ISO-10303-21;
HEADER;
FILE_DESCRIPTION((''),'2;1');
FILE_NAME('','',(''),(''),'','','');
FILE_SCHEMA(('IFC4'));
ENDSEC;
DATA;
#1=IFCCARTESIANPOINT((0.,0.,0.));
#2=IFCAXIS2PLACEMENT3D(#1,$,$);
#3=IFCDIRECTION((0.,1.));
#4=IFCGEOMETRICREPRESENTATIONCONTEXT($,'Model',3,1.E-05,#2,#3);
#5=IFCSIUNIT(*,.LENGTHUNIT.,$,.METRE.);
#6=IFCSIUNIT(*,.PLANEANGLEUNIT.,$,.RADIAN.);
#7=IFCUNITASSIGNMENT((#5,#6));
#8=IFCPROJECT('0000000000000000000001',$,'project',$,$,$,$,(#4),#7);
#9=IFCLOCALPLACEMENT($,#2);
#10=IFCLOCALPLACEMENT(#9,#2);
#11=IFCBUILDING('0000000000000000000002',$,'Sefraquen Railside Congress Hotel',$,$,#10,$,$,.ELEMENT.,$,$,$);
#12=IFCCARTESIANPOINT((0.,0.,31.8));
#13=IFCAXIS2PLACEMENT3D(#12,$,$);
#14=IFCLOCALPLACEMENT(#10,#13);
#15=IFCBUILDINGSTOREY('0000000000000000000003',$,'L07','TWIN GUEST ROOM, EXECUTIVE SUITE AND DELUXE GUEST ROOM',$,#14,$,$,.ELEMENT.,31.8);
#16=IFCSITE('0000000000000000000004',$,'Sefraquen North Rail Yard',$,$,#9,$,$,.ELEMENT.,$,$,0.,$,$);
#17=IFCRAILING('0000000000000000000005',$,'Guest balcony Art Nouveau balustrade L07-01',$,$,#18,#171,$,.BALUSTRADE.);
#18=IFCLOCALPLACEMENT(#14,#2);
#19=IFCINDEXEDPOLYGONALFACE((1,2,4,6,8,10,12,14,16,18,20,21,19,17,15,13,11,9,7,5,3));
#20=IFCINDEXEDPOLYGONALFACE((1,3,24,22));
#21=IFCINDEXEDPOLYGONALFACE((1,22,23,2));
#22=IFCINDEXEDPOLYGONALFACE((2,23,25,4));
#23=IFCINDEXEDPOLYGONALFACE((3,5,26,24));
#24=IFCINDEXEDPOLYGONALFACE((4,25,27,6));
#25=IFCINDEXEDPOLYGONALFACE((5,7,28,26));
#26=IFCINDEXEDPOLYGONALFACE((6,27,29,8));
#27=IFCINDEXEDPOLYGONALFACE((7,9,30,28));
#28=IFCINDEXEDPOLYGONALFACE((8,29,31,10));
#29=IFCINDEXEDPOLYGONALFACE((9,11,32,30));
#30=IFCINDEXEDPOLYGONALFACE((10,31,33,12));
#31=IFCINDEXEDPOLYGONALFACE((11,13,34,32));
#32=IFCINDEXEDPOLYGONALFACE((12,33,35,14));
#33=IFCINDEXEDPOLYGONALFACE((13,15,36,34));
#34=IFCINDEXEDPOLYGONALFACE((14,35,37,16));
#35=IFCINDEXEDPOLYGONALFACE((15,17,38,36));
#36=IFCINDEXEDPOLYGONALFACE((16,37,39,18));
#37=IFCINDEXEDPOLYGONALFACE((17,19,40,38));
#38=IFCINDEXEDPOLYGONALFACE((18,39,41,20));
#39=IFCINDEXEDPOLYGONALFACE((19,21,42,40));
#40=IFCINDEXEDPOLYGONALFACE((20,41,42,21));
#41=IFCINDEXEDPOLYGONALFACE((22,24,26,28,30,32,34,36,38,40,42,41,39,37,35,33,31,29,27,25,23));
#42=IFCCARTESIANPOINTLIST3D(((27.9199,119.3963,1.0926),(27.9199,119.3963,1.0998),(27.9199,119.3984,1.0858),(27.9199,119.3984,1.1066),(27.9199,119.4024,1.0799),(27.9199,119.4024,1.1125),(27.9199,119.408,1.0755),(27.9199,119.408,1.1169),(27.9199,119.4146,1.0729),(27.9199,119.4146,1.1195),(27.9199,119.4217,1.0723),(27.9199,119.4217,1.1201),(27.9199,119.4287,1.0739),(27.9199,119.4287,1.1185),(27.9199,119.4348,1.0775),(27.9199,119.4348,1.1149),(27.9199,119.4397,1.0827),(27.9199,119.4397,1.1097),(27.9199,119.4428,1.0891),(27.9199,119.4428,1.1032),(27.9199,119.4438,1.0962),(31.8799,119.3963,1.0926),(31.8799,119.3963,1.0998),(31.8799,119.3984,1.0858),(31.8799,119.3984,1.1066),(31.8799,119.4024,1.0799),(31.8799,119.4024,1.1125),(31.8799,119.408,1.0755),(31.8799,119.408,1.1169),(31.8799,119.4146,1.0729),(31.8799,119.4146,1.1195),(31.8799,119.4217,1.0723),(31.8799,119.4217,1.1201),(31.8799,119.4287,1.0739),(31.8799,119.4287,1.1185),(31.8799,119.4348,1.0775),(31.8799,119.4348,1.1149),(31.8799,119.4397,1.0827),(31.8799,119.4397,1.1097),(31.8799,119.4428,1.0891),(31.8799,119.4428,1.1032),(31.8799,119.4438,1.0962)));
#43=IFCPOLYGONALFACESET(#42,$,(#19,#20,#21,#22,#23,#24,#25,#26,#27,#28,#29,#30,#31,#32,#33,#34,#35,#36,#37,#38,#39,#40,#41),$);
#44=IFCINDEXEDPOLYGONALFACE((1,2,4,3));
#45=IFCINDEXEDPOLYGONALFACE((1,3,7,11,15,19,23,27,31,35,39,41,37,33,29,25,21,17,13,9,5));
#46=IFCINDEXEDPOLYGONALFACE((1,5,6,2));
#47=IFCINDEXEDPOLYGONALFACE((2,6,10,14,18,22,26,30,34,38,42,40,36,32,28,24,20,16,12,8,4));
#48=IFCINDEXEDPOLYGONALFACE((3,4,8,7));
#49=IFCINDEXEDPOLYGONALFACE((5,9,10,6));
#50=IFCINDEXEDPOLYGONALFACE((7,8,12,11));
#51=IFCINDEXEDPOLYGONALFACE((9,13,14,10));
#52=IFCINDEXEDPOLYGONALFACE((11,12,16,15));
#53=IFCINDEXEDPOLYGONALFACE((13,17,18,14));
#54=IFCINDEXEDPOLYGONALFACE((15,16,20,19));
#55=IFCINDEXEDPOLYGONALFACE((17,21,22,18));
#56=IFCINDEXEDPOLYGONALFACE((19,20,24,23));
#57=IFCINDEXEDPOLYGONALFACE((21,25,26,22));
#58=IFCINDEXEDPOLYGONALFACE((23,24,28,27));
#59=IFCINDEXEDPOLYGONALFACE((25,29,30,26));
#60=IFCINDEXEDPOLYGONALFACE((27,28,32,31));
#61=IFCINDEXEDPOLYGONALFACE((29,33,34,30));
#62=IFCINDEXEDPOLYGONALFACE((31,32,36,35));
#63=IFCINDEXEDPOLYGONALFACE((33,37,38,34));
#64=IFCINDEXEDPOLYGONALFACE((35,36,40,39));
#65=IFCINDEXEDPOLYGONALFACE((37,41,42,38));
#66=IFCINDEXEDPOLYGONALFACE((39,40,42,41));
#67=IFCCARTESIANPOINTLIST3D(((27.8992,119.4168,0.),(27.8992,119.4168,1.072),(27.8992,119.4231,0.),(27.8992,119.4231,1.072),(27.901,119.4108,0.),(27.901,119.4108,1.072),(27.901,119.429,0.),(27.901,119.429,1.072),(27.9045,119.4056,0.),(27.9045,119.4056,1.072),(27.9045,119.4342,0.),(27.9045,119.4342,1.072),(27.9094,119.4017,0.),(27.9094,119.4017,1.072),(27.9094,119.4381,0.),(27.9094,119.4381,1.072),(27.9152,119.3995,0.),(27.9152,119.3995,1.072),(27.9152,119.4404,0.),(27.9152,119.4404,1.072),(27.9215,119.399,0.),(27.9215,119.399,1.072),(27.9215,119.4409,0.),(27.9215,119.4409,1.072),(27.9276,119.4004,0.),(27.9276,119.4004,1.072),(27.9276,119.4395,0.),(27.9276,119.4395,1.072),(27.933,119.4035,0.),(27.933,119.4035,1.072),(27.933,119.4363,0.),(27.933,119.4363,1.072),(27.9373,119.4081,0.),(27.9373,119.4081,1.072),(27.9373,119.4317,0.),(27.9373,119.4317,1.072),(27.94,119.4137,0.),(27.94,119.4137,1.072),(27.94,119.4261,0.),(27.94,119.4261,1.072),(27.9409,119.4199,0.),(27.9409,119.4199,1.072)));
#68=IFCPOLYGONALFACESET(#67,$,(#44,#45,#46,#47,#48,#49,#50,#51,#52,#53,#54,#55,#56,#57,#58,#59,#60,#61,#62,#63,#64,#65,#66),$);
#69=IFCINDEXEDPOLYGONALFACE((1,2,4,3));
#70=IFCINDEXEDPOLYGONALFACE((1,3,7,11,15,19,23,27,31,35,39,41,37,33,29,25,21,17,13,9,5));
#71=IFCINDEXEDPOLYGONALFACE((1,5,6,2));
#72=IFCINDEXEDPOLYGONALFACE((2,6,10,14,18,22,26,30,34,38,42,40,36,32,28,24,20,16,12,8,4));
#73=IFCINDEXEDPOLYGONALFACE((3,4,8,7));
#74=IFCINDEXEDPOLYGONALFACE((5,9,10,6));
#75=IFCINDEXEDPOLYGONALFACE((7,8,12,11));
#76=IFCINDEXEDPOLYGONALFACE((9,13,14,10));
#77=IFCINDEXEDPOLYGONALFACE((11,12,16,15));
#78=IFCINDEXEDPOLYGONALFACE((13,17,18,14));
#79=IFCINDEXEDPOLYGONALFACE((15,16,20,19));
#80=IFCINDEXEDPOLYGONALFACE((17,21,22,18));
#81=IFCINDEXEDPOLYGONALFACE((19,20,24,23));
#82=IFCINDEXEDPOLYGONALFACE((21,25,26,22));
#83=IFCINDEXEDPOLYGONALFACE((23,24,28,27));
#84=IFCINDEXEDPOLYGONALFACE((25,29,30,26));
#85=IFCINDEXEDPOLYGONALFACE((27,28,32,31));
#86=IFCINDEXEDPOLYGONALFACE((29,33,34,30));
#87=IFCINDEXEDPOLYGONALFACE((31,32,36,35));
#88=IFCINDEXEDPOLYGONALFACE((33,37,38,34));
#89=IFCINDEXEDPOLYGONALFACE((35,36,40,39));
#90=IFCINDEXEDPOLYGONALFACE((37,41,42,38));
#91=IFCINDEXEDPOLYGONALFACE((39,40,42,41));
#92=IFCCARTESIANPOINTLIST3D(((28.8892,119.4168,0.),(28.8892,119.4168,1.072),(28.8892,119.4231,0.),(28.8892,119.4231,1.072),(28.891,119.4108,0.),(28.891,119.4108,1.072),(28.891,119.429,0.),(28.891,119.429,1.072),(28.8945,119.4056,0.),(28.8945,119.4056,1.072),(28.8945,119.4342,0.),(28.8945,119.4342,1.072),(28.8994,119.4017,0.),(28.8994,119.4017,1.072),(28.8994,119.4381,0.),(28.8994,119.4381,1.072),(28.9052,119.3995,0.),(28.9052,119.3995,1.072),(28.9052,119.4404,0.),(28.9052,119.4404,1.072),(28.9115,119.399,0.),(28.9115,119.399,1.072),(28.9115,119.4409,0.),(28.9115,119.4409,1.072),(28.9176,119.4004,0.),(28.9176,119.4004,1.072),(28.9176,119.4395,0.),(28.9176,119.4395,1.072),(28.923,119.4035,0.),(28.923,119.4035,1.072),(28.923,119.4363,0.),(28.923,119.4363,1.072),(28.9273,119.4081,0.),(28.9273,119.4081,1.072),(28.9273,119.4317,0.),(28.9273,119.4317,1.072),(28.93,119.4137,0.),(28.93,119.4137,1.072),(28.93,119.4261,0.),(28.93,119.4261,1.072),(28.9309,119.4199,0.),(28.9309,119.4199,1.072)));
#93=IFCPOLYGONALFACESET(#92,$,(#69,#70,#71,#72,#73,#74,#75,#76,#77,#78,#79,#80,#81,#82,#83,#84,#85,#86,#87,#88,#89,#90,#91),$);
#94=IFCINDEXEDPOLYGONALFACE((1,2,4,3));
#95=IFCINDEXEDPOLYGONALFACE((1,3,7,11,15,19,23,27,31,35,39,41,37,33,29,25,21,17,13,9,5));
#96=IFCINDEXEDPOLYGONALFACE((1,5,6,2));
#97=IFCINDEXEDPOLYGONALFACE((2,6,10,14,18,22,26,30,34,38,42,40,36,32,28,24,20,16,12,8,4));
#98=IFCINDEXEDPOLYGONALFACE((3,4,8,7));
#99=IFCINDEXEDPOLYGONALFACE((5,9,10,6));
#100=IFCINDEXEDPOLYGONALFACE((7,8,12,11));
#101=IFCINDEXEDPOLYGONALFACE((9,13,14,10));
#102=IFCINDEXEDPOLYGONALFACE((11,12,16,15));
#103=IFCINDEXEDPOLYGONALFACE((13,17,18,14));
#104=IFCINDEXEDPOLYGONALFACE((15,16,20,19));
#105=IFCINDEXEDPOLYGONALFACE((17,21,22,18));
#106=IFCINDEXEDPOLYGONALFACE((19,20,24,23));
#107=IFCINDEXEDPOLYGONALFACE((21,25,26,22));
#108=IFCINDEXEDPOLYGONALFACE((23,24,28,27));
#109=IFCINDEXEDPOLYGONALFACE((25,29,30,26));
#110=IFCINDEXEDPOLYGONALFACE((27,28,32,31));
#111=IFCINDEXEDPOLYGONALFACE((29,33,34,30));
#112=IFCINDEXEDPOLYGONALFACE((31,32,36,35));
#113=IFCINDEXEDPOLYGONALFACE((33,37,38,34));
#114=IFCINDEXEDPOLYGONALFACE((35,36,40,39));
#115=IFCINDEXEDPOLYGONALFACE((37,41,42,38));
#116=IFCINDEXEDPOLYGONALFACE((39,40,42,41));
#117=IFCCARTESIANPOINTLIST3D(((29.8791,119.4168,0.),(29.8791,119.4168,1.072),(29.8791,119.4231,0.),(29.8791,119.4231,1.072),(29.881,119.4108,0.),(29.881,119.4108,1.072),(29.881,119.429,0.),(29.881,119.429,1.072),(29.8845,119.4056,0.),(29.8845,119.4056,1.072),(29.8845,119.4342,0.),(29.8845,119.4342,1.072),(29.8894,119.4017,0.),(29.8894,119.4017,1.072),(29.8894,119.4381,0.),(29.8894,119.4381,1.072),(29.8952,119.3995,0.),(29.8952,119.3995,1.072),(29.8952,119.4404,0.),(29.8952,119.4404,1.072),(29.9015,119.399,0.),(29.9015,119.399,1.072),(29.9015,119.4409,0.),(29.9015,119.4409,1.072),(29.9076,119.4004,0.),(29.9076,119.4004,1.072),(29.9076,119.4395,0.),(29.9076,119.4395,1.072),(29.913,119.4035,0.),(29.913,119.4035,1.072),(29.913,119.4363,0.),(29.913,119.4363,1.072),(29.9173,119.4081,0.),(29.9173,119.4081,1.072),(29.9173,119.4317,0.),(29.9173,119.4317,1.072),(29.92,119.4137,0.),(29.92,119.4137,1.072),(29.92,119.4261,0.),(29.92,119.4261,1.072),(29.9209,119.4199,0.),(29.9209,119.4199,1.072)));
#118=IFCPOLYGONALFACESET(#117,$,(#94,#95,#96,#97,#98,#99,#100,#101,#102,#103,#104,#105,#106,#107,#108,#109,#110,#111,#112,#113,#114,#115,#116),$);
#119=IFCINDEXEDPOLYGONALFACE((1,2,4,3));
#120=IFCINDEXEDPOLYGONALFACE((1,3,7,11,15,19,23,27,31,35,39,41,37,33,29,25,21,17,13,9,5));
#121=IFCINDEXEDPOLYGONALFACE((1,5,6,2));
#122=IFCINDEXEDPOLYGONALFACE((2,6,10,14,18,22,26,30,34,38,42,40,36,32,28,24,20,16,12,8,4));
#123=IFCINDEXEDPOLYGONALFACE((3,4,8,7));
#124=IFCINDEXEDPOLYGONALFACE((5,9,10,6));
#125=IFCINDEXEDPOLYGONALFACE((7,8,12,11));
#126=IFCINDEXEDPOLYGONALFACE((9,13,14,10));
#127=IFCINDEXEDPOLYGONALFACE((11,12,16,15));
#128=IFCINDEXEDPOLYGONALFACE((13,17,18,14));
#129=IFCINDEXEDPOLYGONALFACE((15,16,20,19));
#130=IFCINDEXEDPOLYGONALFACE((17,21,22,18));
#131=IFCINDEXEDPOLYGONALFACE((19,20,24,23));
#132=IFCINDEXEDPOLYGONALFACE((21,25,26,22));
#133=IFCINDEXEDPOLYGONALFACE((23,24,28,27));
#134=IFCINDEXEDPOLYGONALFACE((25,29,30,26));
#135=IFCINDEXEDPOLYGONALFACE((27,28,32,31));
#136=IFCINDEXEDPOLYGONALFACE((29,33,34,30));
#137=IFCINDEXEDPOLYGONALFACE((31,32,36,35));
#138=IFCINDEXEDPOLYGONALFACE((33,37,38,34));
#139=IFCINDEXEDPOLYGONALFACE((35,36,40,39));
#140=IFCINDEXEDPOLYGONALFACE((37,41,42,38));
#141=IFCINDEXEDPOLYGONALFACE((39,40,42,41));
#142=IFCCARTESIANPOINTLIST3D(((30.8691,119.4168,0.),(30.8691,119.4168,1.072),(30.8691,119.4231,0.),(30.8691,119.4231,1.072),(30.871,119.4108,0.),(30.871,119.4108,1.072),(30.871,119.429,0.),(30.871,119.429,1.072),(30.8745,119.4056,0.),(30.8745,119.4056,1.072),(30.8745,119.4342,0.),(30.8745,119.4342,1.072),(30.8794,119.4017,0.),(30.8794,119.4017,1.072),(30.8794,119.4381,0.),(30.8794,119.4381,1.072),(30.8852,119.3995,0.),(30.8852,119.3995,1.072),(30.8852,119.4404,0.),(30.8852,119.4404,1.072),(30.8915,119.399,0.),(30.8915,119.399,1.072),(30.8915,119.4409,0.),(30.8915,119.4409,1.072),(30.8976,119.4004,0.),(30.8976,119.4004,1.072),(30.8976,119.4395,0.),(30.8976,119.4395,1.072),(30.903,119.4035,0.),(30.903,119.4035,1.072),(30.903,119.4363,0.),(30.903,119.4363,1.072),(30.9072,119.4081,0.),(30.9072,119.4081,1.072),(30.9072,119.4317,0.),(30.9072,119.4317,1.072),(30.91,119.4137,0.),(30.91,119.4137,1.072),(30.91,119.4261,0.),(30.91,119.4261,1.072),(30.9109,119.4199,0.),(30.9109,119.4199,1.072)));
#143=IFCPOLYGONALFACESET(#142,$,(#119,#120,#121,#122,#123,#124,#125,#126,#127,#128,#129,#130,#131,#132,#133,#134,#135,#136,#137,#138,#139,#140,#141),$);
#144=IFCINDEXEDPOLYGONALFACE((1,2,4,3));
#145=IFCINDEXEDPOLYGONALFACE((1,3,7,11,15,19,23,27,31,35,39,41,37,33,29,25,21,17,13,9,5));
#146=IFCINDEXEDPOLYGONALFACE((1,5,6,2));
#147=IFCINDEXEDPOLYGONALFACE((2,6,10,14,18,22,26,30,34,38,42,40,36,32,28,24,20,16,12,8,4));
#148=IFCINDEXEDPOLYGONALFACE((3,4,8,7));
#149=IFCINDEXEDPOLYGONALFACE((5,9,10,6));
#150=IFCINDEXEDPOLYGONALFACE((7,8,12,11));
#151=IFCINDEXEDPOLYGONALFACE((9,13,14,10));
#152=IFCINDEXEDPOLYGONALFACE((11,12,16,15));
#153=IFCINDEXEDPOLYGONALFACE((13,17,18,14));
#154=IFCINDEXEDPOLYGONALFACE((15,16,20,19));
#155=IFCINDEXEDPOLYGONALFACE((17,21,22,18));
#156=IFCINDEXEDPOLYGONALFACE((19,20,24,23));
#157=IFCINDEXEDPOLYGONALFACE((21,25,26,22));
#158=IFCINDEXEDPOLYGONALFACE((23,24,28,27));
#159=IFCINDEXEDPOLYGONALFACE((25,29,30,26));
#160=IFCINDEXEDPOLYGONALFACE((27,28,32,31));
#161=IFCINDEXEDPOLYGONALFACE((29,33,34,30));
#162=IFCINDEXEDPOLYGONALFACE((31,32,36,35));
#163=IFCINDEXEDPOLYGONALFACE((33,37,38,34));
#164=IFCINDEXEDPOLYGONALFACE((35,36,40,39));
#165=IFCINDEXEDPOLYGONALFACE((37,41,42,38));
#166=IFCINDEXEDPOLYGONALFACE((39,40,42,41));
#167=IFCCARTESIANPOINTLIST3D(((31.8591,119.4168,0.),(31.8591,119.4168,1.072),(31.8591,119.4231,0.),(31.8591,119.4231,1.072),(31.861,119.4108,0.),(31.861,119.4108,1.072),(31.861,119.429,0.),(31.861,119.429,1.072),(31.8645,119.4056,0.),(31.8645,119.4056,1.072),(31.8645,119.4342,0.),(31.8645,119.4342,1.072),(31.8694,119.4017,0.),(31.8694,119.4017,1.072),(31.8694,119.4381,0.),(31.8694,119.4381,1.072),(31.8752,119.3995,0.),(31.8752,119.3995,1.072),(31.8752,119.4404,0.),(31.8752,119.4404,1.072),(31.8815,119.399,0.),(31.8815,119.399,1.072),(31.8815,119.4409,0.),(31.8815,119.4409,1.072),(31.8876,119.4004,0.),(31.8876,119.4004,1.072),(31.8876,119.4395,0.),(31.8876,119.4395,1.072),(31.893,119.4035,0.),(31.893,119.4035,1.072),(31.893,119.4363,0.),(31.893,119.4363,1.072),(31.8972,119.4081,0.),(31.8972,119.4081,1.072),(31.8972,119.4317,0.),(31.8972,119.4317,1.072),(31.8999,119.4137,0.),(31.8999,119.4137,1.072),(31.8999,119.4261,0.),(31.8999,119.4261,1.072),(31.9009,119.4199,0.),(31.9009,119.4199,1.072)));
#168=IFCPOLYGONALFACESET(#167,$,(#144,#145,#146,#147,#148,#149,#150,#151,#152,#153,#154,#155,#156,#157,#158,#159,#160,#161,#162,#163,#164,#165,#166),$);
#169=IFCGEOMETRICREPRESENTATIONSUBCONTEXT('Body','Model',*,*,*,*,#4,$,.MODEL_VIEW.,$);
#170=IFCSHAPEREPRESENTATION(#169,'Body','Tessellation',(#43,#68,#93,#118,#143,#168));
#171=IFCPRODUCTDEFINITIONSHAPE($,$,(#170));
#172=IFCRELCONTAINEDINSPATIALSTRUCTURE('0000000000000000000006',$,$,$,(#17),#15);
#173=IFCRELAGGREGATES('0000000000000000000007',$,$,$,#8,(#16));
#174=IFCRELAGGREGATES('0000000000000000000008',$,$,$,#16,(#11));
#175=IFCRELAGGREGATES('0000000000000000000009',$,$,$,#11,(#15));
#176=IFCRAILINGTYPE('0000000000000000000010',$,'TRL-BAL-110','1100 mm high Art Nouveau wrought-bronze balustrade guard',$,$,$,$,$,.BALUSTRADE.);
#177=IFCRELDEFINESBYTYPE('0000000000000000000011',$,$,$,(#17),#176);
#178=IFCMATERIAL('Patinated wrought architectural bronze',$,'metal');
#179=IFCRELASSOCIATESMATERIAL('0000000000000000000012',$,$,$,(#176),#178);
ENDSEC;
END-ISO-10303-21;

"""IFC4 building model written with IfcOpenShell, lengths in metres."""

from ifc_helpers import new_model, si_unit, direction, frame, origin, origin_2d, place, context, subcontext, project, spatial, circle, extrude, material, type_object, element, save


model = new_model("IFC4")

# Units and contexts
model_context = context("Model", 3, precision=1e-05, world=origin(), true_north=direction((0.0, 1.0)))
body_context = subcontext(model_context, "Body", "Model", "MODEL_VIEW")
ifc_project = project(units=[si_unit("LENGTHUNIT", "METRE"), si_unit("PLANEANGLEUNIT", "RADIAN")], contexts=[model_context])

# Site, building, storey
site_placement = place(None, origin())
site = spatial("IfcSite", under=ifc_project, at=site_placement, Name="Sefraquen North Rail Yard", CompositionType="ELEMENT", RefElevation=0.0)
building_placement = place(site_placement, origin())
building = spatial("IfcBuilding", under=site, at=building_placement, Name="Sefraquen Railside Congress Hotel", CompositionType="ELEMENT")
storey_placement = place(building_placement, frame((0.0, 0.0, 31.8)))
storey = spatial("IfcBuildingStorey", under=building, at=storey_placement, Name="L07", Description="TWIN GUEST ROOM, EXECUTIVE SUITE AND DELUXE GUEST ROOM", CompositionType="ELEMENT", Elevation=31.8)

# Railing
ifc_material_1 = material(Name="Patinated wrought architectural bronze", Category="metal")
railing_type = type_object("IfcRailingType", Name="TRL-BAL-110", Description="1100 mm high Art Nouveau wrought-bronze balustrade guard", PredefinedType="BALUSTRADE", material=ifc_material_1)
railing_1_placement = place(storey_placement, frame((27.9199, 119.4199, 0.0)))
element("IfcRailing", 1, at=railing_1_placement, inside=storey, type_object=railing_type, Name="Guest balcony Art Nouveau balustrade L07-01", PredefinedType="BALUSTRADE", context=body_context, shape_type="SweptSolid", body=[
    extrude(circle(Radius=0.0239, at=origin_2d()), frame((0.0, 0.0, 1.0962), z_axis=(1.0, 0.0, 0.0), x_axis=(0.0, 1.0, 0.0)), (0.0, 0.0, 1.0), 3.96),
    extrude(circle(Radius=0.021, at=origin_2d()), origin(), (0.0, 0.0, 1.0), 1.072),
    extrude(circle(Radius=0.021, at=origin_2d()), frame((0.99, 0.0, 0.0)), (0.0, 0.0, 1.0), 1.072),
    extrude(circle(Radius=0.021, at=origin_2d()), frame((1.98, 0.0, 0.0)), (0.0, 0.0, 1.0), 1.072),
    extrude(circle(Radius=0.021, at=origin_2d()), frame((2.97, 0.0, 0.0)), (0.0, 0.0, 1.0), 1.072),
    extrude(circle(Radius=0.021, at=origin_2d()), frame((3.96, 0.0, 0.0)), (0.0, 0.0, 1.0), 1.072),
])

save(model, "model.ifc")
